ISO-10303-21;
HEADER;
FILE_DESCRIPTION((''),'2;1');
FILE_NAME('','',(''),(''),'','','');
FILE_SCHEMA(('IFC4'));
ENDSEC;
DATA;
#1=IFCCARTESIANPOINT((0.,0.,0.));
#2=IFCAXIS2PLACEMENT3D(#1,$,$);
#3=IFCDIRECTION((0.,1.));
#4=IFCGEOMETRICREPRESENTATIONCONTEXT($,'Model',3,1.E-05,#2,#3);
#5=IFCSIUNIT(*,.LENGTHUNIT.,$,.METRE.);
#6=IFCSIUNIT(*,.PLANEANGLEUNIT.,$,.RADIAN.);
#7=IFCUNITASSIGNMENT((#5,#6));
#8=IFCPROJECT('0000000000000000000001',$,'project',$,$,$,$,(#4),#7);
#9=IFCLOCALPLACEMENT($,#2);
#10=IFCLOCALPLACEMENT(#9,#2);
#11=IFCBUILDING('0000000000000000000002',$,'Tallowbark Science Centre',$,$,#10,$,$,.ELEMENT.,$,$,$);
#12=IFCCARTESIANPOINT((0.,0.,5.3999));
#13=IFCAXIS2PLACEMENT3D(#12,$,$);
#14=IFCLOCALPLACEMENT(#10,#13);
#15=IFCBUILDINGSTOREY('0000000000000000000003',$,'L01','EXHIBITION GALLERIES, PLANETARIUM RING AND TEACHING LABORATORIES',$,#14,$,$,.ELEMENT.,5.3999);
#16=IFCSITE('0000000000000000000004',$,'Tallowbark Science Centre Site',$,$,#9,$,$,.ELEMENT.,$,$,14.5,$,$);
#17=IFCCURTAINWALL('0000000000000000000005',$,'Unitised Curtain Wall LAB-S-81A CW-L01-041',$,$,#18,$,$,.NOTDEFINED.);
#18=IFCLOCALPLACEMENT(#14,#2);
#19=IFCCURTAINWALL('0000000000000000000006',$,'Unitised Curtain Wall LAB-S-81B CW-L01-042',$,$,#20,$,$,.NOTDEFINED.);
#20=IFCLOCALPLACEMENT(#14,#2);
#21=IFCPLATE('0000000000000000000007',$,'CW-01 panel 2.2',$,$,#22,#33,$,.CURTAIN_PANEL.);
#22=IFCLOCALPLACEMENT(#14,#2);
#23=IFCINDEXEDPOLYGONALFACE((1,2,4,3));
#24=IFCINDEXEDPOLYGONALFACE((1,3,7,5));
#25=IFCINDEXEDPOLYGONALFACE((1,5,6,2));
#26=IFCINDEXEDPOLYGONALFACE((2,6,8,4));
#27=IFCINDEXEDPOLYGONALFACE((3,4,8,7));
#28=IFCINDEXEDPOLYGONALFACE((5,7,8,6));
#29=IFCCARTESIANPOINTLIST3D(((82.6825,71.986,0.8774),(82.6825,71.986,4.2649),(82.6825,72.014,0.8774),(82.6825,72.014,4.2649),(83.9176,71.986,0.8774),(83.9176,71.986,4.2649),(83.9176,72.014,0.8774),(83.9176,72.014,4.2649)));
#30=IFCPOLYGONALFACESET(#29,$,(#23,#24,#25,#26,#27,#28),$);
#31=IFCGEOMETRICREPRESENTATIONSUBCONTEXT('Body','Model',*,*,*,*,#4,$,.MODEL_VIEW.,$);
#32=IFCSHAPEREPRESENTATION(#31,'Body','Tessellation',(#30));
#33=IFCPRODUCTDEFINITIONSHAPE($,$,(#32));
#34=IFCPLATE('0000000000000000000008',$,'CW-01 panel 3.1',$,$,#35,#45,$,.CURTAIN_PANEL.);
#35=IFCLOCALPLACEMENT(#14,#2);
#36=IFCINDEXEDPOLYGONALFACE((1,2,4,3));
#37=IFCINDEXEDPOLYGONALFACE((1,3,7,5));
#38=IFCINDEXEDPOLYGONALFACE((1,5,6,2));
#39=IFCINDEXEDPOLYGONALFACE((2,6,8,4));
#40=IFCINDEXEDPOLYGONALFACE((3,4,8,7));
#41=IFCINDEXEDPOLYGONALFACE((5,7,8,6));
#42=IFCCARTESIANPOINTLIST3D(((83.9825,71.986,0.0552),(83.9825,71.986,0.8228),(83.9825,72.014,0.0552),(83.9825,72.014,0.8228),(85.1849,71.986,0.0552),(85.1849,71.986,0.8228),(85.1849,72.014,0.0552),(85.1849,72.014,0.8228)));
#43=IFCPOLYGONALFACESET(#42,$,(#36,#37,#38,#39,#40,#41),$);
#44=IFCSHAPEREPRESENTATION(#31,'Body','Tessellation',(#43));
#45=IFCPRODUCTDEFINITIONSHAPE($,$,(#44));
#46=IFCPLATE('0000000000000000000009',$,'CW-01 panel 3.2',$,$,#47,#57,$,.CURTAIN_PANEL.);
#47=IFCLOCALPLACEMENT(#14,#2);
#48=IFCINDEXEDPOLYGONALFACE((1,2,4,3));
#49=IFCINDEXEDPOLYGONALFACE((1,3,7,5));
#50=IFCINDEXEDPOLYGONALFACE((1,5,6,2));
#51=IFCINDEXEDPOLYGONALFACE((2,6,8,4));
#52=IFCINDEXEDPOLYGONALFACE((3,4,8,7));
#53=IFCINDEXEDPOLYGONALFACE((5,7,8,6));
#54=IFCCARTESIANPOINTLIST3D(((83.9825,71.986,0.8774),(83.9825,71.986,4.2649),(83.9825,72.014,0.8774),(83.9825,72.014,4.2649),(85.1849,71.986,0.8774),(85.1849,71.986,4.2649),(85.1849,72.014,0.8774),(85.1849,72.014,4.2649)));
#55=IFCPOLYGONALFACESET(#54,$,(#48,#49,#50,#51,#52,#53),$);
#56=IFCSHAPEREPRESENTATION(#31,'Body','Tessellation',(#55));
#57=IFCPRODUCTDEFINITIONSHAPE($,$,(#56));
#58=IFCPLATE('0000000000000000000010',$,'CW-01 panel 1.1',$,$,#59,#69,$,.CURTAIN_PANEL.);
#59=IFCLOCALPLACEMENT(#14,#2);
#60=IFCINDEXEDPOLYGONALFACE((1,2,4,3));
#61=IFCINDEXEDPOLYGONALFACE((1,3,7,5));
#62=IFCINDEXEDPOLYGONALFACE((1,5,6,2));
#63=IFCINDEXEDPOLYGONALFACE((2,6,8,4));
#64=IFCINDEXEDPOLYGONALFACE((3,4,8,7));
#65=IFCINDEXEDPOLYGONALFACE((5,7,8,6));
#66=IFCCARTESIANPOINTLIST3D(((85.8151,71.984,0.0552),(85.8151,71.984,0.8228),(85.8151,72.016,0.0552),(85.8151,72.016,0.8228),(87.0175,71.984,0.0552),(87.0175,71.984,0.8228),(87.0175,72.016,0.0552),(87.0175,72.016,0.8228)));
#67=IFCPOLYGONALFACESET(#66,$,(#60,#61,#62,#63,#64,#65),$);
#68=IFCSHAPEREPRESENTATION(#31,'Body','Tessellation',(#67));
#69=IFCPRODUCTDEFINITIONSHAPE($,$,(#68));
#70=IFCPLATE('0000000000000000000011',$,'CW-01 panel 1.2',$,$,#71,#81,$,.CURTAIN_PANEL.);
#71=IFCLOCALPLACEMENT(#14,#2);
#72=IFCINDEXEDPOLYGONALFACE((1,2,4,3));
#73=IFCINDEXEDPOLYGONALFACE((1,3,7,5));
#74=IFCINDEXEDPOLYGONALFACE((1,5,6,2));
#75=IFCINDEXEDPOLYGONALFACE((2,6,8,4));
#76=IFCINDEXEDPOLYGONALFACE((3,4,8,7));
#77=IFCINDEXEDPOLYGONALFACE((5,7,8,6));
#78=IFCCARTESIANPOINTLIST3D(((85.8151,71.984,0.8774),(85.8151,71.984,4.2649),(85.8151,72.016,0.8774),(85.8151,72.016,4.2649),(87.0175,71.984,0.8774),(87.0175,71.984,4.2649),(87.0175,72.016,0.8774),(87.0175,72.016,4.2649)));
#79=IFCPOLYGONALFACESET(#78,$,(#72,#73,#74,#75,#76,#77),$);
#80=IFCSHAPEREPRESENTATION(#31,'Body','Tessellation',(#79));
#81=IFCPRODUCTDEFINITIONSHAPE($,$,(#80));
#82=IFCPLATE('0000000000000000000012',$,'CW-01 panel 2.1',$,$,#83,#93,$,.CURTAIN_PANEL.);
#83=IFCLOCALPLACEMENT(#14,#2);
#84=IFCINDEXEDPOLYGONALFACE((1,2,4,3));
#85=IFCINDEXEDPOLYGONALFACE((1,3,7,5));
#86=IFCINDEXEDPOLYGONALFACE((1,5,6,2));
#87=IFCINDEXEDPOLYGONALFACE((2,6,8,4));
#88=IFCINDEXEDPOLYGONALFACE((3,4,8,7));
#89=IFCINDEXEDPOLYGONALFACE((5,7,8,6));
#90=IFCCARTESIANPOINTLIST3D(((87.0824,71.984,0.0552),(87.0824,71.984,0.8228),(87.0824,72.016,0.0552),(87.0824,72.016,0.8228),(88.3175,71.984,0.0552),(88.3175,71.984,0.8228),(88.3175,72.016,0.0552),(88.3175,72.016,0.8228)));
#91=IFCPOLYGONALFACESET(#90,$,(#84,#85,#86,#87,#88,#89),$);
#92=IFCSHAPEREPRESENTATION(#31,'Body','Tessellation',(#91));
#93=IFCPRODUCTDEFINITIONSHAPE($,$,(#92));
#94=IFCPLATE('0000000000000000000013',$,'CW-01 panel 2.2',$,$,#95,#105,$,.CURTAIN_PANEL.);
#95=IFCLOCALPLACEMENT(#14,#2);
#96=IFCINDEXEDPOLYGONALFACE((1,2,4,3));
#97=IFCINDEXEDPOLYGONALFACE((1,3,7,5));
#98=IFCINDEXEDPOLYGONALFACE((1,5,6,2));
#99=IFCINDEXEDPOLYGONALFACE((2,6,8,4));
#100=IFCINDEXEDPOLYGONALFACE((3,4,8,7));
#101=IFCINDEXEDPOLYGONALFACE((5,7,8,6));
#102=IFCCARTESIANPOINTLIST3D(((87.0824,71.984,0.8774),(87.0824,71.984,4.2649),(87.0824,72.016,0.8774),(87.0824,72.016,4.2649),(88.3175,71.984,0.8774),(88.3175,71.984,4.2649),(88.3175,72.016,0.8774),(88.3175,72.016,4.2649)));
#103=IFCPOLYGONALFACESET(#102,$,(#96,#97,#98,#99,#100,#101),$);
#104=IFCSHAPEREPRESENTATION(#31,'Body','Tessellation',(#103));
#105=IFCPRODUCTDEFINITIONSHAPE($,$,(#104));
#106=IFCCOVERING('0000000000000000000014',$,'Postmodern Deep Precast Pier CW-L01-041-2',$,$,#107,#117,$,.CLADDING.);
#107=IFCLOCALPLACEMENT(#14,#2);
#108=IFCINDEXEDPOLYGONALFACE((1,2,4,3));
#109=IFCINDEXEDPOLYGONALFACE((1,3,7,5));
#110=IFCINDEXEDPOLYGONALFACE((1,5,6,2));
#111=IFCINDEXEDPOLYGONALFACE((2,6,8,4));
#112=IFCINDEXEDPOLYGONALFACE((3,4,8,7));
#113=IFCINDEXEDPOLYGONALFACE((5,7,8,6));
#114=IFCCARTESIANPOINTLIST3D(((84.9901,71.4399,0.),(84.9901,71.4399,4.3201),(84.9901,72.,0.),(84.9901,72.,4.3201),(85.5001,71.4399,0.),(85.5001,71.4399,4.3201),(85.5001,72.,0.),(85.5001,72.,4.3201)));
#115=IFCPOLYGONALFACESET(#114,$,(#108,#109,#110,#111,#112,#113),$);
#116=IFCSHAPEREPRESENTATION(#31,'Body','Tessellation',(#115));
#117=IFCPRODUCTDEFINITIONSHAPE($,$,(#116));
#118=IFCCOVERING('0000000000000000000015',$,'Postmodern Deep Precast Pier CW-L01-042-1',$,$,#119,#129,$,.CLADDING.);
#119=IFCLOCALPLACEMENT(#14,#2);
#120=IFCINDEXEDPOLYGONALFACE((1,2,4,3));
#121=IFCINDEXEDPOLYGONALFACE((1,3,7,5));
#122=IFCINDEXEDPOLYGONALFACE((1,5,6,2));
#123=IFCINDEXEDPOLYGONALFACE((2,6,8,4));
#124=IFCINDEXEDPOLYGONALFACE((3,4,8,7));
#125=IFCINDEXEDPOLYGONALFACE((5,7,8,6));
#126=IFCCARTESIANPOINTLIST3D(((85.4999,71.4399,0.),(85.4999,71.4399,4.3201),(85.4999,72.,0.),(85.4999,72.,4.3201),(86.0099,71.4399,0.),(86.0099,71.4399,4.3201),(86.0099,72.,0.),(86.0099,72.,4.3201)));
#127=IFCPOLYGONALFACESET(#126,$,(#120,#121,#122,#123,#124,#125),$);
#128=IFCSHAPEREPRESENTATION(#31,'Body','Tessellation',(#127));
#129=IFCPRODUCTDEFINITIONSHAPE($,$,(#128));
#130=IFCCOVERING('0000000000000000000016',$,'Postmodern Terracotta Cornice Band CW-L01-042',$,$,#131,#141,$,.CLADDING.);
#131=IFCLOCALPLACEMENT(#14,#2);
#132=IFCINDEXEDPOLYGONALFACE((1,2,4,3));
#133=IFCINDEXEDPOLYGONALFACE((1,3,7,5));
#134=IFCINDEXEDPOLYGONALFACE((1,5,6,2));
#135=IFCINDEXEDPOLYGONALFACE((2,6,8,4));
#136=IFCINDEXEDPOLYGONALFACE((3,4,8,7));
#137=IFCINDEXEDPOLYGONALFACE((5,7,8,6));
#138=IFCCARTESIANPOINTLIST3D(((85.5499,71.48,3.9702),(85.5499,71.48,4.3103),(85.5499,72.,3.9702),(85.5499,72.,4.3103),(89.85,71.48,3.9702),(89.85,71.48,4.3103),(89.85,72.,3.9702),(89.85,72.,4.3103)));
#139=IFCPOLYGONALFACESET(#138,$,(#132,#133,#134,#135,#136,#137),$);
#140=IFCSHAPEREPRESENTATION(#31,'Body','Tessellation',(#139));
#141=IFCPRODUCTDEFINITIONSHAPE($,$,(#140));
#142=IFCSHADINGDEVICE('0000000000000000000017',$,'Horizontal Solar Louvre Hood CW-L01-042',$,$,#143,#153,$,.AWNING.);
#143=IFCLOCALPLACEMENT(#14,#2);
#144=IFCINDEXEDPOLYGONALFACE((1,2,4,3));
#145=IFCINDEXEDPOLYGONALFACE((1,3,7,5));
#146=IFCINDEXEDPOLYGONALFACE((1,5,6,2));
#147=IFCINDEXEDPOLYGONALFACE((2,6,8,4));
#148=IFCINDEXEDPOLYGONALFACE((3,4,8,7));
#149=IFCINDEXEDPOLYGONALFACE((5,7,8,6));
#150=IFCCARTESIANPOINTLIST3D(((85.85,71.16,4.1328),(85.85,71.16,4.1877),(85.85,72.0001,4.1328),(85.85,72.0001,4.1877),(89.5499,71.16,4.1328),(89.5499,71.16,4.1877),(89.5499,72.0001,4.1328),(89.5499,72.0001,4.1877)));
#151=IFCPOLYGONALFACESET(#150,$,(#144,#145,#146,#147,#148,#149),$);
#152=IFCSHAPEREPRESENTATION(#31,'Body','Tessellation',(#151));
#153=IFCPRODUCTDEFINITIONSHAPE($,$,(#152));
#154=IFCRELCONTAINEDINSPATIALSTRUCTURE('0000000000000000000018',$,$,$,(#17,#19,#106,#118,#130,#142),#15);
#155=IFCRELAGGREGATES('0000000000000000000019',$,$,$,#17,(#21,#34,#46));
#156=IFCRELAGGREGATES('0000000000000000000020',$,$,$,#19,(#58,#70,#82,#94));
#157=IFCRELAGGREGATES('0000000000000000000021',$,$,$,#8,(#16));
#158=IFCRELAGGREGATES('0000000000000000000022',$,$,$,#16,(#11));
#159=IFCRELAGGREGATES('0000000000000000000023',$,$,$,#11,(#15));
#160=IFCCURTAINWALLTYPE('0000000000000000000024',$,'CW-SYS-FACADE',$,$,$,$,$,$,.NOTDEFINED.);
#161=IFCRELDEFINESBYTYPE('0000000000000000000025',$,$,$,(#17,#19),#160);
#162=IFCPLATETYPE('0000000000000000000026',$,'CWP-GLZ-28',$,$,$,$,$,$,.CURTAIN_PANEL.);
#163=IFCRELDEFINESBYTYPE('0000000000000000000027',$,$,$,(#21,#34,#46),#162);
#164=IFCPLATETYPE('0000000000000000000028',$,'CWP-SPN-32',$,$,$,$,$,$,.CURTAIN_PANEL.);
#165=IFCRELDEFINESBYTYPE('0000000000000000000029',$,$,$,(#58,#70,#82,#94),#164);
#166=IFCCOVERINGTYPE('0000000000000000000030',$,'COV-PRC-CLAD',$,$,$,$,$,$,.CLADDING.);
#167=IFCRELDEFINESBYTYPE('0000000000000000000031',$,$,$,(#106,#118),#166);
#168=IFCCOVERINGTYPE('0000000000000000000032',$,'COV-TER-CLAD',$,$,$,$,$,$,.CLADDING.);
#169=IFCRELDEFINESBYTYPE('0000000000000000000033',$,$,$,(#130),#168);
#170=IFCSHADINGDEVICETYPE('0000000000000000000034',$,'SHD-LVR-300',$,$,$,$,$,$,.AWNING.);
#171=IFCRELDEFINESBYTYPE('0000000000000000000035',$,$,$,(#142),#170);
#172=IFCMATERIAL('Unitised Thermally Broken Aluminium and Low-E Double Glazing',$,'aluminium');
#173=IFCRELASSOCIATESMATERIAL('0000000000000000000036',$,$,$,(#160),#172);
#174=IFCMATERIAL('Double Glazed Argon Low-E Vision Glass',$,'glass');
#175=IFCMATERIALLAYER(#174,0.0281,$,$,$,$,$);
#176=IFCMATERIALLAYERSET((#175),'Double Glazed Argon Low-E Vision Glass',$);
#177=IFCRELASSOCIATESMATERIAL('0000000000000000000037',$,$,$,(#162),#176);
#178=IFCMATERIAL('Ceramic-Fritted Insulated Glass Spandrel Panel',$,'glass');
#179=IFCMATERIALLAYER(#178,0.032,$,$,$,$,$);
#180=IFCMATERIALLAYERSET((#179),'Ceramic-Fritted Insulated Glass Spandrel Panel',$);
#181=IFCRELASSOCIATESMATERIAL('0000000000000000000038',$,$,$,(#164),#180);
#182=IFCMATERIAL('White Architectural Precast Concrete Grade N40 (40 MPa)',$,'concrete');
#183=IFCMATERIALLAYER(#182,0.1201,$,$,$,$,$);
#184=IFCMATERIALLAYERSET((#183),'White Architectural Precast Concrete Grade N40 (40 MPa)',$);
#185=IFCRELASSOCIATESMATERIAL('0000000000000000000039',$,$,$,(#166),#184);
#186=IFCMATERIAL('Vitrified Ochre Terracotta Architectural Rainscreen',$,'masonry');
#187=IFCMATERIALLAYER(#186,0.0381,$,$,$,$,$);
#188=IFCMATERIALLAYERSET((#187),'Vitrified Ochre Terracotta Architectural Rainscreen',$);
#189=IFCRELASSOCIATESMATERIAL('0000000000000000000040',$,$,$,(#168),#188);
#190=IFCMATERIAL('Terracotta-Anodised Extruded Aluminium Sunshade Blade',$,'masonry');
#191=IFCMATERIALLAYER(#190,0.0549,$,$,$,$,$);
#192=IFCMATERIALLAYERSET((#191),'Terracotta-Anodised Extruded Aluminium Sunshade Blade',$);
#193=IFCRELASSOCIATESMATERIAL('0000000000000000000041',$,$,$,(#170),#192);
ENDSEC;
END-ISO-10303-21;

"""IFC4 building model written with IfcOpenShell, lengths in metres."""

from ifc_helpers import new_model, si_unit, direction, frame, origin, origin_2d, place, context, subcontext, project, spatial, rectangle, extrude, material, layer, layer_set, type_object, element, aggregate, save


model = new_model("IFC4")

# Units and contexts
model_context = context("Model", 3, precision=1e-05, world=origin(), true_north=direction((0.0, 1.0)))
body_context = subcontext(model_context, "Body", "Model", "MODEL_VIEW")
ifc_project = project(units=[si_unit("LENGTHUNIT", "METRE"), si_unit("PLANEANGLEUNIT", "RADIAN")], contexts=[model_context])

# Site, building, storey
site_placement = place(None, origin())
site = spatial("IfcSite", under=ifc_project, at=site_placement, Name="Tallowbark Science Centre Site", CompositionType="ELEMENT", RefElevation=14.5)
building_placement = place(site_placement, origin())
building = spatial("IfcBuilding", under=site, at=building_placement, Name="Tallowbark Science Centre", CompositionType="ELEMENT")
storey_placement = place(building_placement, frame((0.0, 0.0, 5.3999)))
storey = spatial("IfcBuildingStorey", under=building, at=storey_placement, Name="L01", Description="EXHIBITION GALLERIES, PLANETARIUM RING AND TEACHING LABORATORIES", CompositionType="ELEMENT", Elevation=5.3999)

# Curtain walls
ifc_material_1 = material(Name="Unitised Thermally Broken Aluminium and Low-E Double Glazing", Category="aluminium")
curtain_wall_type = type_object("IfcCurtainWallType", Name="CW-SYS-FACADE", PredefinedType="NOTDEFINED", material=ifc_material_1)
curtain_wall_1_placement = place(storey_placement, origin())
curtain_wall_1 = element("IfcCurtainWall", 1, at=curtain_wall_1_placement, inside=storey, type_object=curtain_wall_type, Name="Unitised Curtain Wall LAB-S-81A CW-L01-041", PredefinedType="NOTDEFINED")
curtain_wall_2_placement = place(storey_placement, origin())
curtain_wall_2 = element("IfcCurtainWall", 2, at=curtain_wall_2_placement, inside=storey, type_object=curtain_wall_type, Name="Unitised Curtain Wall LAB-S-81B CW-L01-042", PredefinedType="NOTDEFINED")

# Plates
ifc_material_2 = material(Name="Double Glazed Argon Low-E Vision Glass", Category="glass")
ifc_layer_1 = layer(ifc_material_2, 0.0281)
ifc_layer_set_1 = layer_set([ifc_layer_1], Name="Double Glazed Argon Low-E Vision Glass")
plate_type_1 = type_object("IfcPlateType", Name="CWP-GLZ-28", PredefinedType="CURTAIN_PANEL", material=ifc_layer_set_1)
plate_1_placement = place(storey_placement, frame((83.3, 72.0, 0.8774), z_axis=(0.0, 0.0, 1.0), x_axis=(1.0, 0.0, 0.0)))
plate_1 = element("IfcPlate", 3, at=plate_1_placement, type_object=plate_type_1, Name="CW-01 panel 2.2", PredefinedType="CURTAIN_PANEL", context=body_context, shape_type="SweptSolid", body=[
    extrude(rectangle(XDim=1.2351, YDim=0.0281, at=origin_2d()), origin(), (0.0, 0.0, 1.0), 3.3875),
])
plate_2_placement = place(storey_placement, frame((84.5837, 72.0, 0.0552), z_axis=(0.0, 0.0, 1.0), x_axis=(1.0, 0.0, 0.0)))
plate_2 = element("IfcPlate", 4, at=plate_2_placement, type_object=plate_type_1, Name="CW-01 panel 3.1", PredefinedType="CURTAIN_PANEL", context=body_context, shape_type="SweptSolid", body=[
    extrude(rectangle(XDim=1.2024, YDim=0.0281, at=origin_2d()), origin(), (0.0, 0.0, 1.0), 0.7676),
])
plate_3_placement = place(storey_placement, frame((84.5837, 72.0, 0.8774), z_axis=(0.0, 0.0, 1.0), x_axis=(1.0, 0.0, 0.0)))
plate_3 = element("IfcPlate", 5, at=plate_3_placement, type_object=plate_type_1, Name="CW-01 panel 3.2", PredefinedType="CURTAIN_PANEL", context=body_context, shape_type="SweptSolid", body=[
    extrude(rectangle(XDim=1.2024, YDim=0.0281, at=origin_2d()), origin(), (0.0, 0.0, 1.0), 3.3875),
])
aggregate(curtain_wall_1, [plate_1, plate_2, plate_3])
ifc_material_3 = material(Name="Ceramic-Fritted Insulated Glass Spandrel Panel", Category="glass")
ifc_layer_2 = layer(ifc_material_3, 0.032)
ifc_layer_set_2 = layer_set([ifc_layer_2], Name="Ceramic-Fritted Insulated Glass Spandrel Panel")
plate_type_2 = type_object("IfcPlateType", Name="CWP-SPN-32", PredefinedType="CURTAIN_PANEL", material=ifc_layer_set_2)
plate_4_placement = place(storey_placement, frame((86.4163, 72.0, 0.0552), z_axis=(0.0, 0.0, 1.0), x_axis=(1.0, 0.0, 0.0)))
plate_4 = element("IfcPlate", 6, at=plate_4_placement, type_object=plate_type_2, Name="CW-01 panel 1.1", PredefinedType="CURTAIN_PANEL", context=body_context, shape_type="SweptSolid", body=[
    extrude(rectangle(XDim=1.2024, YDim=0.032, at=origin_2d()), origin(), (0.0, 0.0, 1.0), 0.7676),
])
plate_5_placement = place(storey_placement, frame((86.4163, 72.0, 0.8774), z_axis=(0.0, 0.0, 1.0), x_axis=(1.0, 0.0, 0.0)))
plate_5 = element("IfcPlate", 7, at=plate_5_placement, type_object=plate_type_2, Name="CW-01 panel 1.2", PredefinedType="CURTAIN_PANEL", context=body_context, shape_type="SweptSolid", body=[
    extrude(rectangle(XDim=1.2024, YDim=0.032, at=origin_2d()), origin(), (0.0, 0.0, 1.0), 3.3875),
])
plate_6_placement = place(storey_placement, frame((87.7, 72.0, 0.0552), z_axis=(0.0, 0.0, 1.0), x_axis=(1.0, 0.0, 0.0)))
plate_6 = element("IfcPlate", 8, at=plate_6_placement, type_object=plate_type_2, Name="CW-01 panel 2.1", PredefinedType="CURTAIN_PANEL", context=body_context, shape_type="SweptSolid", body=[
    extrude(rectangle(XDim=1.2351, YDim=0.032, at=origin_2d()), origin(), (0.0, 0.0, 1.0), 0.7676),
])
plate_7_placement = place(storey_placement, frame((87.7, 72.0, 0.8774), z_axis=(0.0, 0.0, 1.0), x_axis=(1.0, 0.0, 0.0)))
plate_7 = element("IfcPlate", 9, at=plate_7_placement, type_object=plate_type_2, Name="CW-01 panel 2.2", PredefinedType="CURTAIN_PANEL", context=body_context, shape_type="SweptSolid", body=[
    extrude(rectangle(XDim=1.2351, YDim=0.032, at=origin_2d()), origin(), (0.0, 0.0, 1.0), 3.3875),
])
aggregate(curtain_wall_2, [plate_4, plate_5, plate_6, plate_7])

# Coverings
ifc_material_4 = material(Name="White Architectural Precast Concrete Grade N40 (40 MPa)", Category="concrete")
ifc_layer_3 = layer(ifc_material_4, 0.1201)
ifc_layer_set_3 = layer_set([ifc_layer_3], Name="White Architectural Precast Concrete Grade N40 (40 MPa)")
covering_type_1 = type_object("IfcCoveringType", Name="COV-PRC-CLAD", PredefinedType="CLADDING", material=ifc_layer_set_3)
for number, where, z_axis, x_axis, name in (
    (10, (85.2451, 71.72, 0.0), (0.0, 0.0, 1.0), (1.0, 0.0, 0.0), "Postmodern Deep Precast Pier CW-L01-041-2"),
    (11, (85.7549, 71.72, 0.0), (0.0, 0.0, 1.0), (1.0, 0.0, 0.0), "Postmodern Deep Precast Pier CW-L01-042-1"),
):
    element("IfcCovering", number, at=place(storey_placement, frame(where, z_axis=z_axis, x_axis=x_axis)), inside=storey, type_object=covering_type_1, Name=name, PredefinedType="CLADDING", context=body_context, shape_type="SweptSolid", body=[
        extrude(rectangle(XDim=0.51, YDim=0.5601, at=origin_2d()), origin(), (0.0, 0.0, 1.0), 4.3201),
    ])
ifc_material_5 = material(Name="Vitrified Ochre Terracotta Architectural Rainscreen", Category="masonry")
ifc_layer_4 = layer(ifc_material_5, 0.0381)
ifc_layer_set_4 = layer_set([ifc_layer_4], Name="Vitrified Ochre Terracotta Architectural Rainscreen")
covering_type_2 = type_object("IfcCoveringType", Name="COV-TER-CLAD", PredefinedType="CLADDING", material=ifc_layer_set_4)
covering_placement = place(storey_placement, frame((87.7, 71.74, 3.9702), z_axis=(0.0, 0.0, 1.0), x_axis=(1.0, 0.0, 0.0)))
element("IfcCovering", 12, at=covering_placement, inside=storey, type_object=covering_type_2, Name="Postmodern Terracotta Cornice Band CW-L01-042", PredefinedType="CLADDING", context=body_context, shape_type="SweptSolid", body=[
    extrude(rectangle(XDim=4.3, YDim=0.52, at=origin_2d()), origin(), (0.0, 0.0, 1.0), 0.3401),
])

# Shading device
ifc_material_6 = material(Name="Terracotta-Anodised Extruded Aluminium Sunshade Blade", Category="masonry")
ifc_layer_5 = layer(ifc_material_6, 0.0549)
ifc_layer_set_5 = layer_set([ifc_layer_5], Name="Terracotta-Anodised Extruded Aluminium Sunshade Blade")
shading_device_type = type_object("IfcShadingDeviceType", Name="SHD-LVR-300", PredefinedType="AWNING", material=ifc_layer_set_5)
shading_device_placement = place(storey_placement, frame((87.7, 71.5801, 4.1328), z_axis=(0.0, 0.0, 1.0), x_axis=(1.0, 0.0, 0.0)))
element("IfcShadingDevice", 13, at=shading_device_placement, inside=storey, type_object=shading_device_type, Name="Horizontal Solar Louvre Hood CW-L01-042", PredefinedType="AWNING", context=body_context, shape_type="SweptSolid", body=[
    extrude(rectangle(XDim=3.7, YDim=0.8401, at=origin_2d()), origin(), (0.0, 0.0, 1.0), 0.0549),
])

save(model, "model.ifc")
